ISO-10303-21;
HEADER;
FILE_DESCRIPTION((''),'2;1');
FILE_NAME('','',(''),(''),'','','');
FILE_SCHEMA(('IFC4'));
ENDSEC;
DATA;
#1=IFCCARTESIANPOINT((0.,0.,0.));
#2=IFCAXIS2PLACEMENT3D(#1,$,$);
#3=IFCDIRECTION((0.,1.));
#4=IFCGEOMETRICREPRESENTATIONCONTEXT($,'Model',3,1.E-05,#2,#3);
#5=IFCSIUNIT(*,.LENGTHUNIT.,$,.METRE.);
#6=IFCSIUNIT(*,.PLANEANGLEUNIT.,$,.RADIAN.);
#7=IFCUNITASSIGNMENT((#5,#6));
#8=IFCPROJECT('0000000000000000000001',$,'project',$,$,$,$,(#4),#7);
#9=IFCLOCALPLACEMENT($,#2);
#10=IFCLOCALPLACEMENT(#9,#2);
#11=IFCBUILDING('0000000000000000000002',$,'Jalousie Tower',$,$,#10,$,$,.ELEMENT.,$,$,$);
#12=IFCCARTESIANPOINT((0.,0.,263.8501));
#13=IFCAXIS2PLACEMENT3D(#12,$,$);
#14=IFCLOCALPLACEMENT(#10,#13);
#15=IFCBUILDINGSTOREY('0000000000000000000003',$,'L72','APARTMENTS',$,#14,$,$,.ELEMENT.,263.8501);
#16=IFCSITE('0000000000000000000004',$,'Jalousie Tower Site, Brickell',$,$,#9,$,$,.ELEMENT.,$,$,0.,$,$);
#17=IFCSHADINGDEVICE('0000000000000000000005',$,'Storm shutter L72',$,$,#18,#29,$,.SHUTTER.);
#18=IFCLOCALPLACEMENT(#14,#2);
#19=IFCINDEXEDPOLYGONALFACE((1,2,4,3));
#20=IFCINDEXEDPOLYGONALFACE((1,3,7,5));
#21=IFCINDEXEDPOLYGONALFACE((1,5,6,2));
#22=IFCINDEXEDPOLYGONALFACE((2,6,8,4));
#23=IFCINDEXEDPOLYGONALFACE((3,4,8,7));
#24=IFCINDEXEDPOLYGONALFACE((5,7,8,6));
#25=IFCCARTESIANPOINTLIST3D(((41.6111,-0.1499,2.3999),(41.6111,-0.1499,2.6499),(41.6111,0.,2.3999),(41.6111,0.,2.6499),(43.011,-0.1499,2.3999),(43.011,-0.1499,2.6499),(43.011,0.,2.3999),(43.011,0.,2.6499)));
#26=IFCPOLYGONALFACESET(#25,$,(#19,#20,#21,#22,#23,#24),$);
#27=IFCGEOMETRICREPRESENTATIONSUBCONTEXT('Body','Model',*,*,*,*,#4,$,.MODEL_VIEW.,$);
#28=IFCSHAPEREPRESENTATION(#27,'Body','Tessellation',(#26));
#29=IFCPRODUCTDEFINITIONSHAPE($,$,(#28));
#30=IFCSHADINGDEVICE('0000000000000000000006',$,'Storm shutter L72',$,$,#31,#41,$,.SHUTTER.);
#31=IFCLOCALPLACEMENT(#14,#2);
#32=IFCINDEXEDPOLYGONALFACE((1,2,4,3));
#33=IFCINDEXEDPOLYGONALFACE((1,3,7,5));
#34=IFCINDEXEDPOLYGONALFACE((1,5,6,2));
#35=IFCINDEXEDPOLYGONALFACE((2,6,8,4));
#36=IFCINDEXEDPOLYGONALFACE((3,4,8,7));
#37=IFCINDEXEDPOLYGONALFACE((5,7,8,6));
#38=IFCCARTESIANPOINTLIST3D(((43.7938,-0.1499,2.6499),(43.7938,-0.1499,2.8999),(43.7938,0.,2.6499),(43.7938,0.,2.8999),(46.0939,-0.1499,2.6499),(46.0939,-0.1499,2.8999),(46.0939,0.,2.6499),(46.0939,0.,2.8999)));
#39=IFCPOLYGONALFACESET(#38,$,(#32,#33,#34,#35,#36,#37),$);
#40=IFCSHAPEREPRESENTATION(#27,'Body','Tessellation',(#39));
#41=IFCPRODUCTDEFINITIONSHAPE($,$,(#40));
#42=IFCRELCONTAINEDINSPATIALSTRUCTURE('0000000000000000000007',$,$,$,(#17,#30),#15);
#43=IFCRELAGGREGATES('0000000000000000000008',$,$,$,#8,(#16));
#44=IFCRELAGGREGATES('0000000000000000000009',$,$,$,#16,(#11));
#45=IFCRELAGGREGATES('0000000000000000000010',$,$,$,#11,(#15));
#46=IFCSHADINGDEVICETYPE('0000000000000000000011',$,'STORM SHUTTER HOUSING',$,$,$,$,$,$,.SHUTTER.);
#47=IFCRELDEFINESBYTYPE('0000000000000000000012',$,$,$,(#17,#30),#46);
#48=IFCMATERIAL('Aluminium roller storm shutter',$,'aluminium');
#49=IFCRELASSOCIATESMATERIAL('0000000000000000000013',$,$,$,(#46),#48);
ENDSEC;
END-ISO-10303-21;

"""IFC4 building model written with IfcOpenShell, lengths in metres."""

from ifc_helpers import new_model, si_unit, direction, frame, origin, origin_2d, place, context, subcontext, project, spatial, rectangle, extrude, material, type_object, element, save


model = new_model("IFC4")

# Units and contexts
model_context = context("Model", 3, precision=1e-05, world=origin(), true_north=direction((0.0, 1.0)))
body_context = subcontext(model_context, "Body", "Model", "MODEL_VIEW")
ifc_project = project(units=[si_unit("LENGTHUNIT", "METRE"), si_unit("PLANEANGLEUNIT", "RADIAN")], contexts=[model_context])

# Site, building, storey
site_placement = place(None, origin())
site = spatial("IfcSite", under=ifc_project, at=site_placement, Name="Jalousie Tower Site, Brickell", CompositionType="ELEMENT", RefElevation=0.0)
building_placement = place(site_placement, origin())
building = spatial("IfcBuilding", under=site, at=building_placement, Name="Jalousie Tower", CompositionType="ELEMENT")
storey_placement = place(building_placement, frame((0.0, 0.0, 263.8501)))
storey = spatial("IfcBuildingStorey", under=building, at=storey_placement, Name="L72", Description="APARTMENTS", CompositionType="ELEMENT", Elevation=263.8501)

# Shading devices
ifc_material_1 = material(Name="Aluminium roller storm shutter", Category="aluminium")
shading_device_type = type_object("IfcShadingDeviceType", Name="STORM SHUTTER HOUSING", PredefinedType="SHUTTER", material=ifc_material_1)
shading_device_1_placement = place(storey_placement, frame((42.311, -0.075, 2.3999), z_axis=(0.0, 0.0, 1.0), x_axis=(1.0, 0.0, 0.0)))
element("IfcShadingDevice", 1, at=shading_device_1_placement, inside=storey, type_object=shading_device_type, Name="Storm shutter L72", PredefinedType="SHUTTER", context=body_context, shape_type="SweptSolid", body=[
    extrude(rectangle(XDim=1.3999, YDim=0.1499, at=origin_2d()), origin(), (0.0, 0.0, 1.0), 0.25),
])
shading_device_2_placement = place(storey_placement, frame((44.9438, -0.075, 2.6499), z_axis=(0.0, 0.0, 1.0), x_axis=(1.0, 0.0, 0.0)))
element("IfcShadingDevice", 2, at=shading_device_2_placement, inside=storey, type_object=shading_device_type, Name="Storm shutter L72", PredefinedType="SHUTTER", context=body_context, shape_type="SweptSolid", body=[
    extrude(rectangle(XDim=2.3, YDim=0.1499, at=origin_2d()), origin(), (0.0, 0.0, 1.0), 0.25),
])

save(model, "model.ifc")
